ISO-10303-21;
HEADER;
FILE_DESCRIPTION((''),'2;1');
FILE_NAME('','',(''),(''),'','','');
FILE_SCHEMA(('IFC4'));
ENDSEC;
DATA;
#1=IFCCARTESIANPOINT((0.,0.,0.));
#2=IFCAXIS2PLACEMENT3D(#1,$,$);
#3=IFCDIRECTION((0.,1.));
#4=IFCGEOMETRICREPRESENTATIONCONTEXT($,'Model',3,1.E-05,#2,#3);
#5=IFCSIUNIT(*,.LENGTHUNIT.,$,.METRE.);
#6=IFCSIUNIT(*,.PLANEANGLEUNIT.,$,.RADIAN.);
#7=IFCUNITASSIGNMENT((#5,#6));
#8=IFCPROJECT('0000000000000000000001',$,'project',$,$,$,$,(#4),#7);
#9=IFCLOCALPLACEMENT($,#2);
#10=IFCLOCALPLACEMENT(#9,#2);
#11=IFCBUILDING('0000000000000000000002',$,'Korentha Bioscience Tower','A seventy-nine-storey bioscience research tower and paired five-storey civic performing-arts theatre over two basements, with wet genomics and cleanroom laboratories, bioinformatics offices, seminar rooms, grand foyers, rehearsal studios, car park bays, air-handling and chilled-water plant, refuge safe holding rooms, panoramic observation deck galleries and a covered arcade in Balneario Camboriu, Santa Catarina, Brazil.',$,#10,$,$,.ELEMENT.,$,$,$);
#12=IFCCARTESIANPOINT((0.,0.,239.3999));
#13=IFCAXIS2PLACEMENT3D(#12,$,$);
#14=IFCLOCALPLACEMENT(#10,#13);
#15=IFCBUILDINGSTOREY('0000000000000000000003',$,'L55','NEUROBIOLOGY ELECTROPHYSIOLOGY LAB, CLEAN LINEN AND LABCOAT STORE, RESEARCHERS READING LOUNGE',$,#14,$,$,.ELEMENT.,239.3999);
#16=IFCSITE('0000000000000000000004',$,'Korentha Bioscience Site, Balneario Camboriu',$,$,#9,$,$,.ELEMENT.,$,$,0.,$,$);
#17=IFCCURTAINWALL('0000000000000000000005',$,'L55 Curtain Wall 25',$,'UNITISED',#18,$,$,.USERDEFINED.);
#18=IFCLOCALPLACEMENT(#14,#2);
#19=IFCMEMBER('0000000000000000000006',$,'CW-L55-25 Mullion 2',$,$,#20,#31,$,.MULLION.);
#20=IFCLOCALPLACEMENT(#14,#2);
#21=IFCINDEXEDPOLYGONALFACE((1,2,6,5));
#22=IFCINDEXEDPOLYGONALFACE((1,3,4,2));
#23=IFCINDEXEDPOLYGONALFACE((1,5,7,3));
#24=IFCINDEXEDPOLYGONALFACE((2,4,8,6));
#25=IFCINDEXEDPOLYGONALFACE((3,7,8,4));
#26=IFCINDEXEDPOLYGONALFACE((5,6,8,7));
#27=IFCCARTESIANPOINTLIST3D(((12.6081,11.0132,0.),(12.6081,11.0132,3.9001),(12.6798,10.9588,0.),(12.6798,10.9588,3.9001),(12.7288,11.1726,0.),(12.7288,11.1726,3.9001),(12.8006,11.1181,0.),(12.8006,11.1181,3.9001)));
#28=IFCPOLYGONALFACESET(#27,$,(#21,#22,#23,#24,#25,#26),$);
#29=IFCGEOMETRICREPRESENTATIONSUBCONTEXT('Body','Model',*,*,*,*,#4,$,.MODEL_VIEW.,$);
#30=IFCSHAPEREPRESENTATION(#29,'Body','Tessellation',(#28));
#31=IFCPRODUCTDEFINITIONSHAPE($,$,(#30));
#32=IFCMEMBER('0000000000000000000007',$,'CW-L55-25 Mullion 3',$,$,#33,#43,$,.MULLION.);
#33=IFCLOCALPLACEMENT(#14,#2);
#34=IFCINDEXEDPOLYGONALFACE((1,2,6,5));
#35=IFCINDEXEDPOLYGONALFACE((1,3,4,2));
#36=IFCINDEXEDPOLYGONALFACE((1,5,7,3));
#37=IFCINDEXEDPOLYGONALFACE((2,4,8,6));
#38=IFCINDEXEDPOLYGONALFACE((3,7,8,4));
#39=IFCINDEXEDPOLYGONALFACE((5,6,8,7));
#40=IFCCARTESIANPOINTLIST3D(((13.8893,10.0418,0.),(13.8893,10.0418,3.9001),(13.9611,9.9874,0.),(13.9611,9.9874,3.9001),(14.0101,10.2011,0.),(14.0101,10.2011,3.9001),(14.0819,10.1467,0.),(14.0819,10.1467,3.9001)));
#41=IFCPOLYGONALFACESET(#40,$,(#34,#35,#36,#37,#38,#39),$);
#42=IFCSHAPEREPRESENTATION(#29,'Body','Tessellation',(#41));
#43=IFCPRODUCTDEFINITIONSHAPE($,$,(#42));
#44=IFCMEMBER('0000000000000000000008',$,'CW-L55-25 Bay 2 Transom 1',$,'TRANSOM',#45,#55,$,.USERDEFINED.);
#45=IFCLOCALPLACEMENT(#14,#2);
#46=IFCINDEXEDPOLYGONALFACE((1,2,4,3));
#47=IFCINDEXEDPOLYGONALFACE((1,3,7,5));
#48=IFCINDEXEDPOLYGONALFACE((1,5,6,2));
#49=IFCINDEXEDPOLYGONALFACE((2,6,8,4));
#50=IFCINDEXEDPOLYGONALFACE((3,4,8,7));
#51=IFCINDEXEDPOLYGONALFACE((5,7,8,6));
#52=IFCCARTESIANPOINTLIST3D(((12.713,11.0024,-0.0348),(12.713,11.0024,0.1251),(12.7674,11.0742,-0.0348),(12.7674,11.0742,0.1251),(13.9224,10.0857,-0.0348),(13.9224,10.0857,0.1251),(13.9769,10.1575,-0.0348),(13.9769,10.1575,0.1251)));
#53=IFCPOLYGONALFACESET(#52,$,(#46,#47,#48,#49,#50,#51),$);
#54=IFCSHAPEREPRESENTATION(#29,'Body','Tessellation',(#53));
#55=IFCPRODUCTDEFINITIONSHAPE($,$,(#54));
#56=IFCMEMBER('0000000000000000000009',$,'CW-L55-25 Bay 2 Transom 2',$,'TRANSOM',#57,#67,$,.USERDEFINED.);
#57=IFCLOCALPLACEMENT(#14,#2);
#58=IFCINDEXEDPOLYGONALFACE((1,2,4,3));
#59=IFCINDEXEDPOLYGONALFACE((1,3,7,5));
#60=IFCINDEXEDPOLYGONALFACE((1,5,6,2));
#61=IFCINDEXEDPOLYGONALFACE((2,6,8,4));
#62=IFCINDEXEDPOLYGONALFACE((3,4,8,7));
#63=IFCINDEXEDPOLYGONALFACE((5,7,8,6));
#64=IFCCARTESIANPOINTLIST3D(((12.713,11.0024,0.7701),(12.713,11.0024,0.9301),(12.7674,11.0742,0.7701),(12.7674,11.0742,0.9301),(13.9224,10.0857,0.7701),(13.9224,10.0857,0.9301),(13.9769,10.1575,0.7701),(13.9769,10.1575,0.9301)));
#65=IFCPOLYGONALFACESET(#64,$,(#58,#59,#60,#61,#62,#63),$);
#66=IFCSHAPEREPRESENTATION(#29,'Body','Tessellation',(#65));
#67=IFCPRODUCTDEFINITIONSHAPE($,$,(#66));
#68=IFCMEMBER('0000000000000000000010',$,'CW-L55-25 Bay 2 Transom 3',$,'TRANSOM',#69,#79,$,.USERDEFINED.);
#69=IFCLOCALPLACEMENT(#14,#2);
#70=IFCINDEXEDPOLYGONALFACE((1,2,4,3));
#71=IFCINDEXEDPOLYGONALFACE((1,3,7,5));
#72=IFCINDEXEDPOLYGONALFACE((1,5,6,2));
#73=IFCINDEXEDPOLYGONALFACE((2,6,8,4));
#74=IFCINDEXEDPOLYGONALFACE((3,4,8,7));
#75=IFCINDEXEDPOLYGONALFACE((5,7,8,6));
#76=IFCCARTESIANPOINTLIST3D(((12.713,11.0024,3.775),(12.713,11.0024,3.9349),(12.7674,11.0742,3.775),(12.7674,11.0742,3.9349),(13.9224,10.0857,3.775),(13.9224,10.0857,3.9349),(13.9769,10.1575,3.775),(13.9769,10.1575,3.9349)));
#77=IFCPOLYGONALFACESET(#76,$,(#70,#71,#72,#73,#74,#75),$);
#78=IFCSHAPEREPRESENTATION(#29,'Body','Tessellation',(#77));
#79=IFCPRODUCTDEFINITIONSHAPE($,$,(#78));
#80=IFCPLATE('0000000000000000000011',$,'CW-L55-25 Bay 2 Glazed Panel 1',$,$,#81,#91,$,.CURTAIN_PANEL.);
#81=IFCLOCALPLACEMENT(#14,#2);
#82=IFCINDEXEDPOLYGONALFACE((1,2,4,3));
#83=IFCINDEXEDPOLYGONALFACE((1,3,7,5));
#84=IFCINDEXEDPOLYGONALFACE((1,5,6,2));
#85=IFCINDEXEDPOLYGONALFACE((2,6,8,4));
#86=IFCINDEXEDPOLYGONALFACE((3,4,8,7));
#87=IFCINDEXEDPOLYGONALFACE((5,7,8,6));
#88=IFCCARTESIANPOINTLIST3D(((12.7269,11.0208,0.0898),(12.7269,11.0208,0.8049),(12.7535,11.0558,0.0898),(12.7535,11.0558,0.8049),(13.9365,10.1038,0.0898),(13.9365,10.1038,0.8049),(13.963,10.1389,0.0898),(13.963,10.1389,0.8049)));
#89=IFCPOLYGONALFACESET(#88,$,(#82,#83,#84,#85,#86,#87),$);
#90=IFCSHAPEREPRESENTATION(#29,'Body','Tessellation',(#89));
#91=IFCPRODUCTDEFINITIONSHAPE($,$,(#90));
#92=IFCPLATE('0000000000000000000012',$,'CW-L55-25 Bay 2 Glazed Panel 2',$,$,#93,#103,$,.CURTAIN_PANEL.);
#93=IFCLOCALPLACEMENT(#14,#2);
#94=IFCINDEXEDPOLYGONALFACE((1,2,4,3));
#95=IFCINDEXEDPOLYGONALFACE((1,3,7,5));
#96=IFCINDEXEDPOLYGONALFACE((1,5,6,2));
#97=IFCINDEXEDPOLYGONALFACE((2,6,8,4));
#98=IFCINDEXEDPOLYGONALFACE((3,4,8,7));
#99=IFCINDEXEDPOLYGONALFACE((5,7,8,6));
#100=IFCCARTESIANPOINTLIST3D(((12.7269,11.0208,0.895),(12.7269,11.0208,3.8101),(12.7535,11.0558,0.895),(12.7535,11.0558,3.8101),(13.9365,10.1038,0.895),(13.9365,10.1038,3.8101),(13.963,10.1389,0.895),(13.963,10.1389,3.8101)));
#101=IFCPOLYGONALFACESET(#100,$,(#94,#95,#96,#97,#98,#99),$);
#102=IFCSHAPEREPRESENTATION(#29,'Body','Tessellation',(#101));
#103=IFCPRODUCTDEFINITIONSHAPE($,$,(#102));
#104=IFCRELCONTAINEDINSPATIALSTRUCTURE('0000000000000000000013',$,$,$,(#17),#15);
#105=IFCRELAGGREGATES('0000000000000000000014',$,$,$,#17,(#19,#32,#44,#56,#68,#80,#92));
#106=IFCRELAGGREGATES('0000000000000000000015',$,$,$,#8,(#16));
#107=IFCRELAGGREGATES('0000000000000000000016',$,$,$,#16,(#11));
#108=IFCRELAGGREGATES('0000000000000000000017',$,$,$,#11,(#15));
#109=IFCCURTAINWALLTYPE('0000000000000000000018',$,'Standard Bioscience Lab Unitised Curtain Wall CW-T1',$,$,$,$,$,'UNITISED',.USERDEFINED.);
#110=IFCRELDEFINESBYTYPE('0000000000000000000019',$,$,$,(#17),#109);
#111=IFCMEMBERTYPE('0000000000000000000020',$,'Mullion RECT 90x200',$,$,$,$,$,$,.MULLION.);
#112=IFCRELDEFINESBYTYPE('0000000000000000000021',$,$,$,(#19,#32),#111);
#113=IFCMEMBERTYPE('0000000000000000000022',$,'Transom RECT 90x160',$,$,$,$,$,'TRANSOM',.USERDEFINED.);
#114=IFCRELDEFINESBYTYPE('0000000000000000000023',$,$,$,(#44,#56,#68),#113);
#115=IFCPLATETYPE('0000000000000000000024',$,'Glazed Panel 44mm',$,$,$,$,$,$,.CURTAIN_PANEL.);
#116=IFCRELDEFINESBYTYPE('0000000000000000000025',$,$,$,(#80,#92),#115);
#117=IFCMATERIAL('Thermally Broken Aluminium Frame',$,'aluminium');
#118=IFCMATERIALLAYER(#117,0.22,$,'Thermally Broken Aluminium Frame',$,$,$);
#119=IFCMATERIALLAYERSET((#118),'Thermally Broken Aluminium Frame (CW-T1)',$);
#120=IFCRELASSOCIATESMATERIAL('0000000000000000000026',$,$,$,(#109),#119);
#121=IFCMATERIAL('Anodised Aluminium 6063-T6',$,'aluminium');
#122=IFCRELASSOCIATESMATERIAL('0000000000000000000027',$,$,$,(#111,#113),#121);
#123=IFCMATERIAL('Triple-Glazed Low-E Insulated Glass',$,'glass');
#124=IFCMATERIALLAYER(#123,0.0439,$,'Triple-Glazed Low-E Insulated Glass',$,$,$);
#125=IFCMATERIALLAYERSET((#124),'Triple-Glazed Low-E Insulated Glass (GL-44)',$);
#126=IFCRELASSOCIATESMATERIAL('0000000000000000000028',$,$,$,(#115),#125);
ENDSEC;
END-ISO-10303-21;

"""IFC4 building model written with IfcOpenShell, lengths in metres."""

from ifc_helpers import new_model, si_unit, direction, frame, origin, origin_2d, place, context, subcontext, project, spatial, rectangle, extrude, material, layer, layer_set, material_profile, profile_set, type_object, element, aggregate, save


model = new_model("IFC4")

# Units and contexts
model_context = context("Model", 3, precision=1e-05, world=origin(), true_north=direction((0.0, 1.0)))
body_context = subcontext(model_context, "Body", "Model", "MODEL_VIEW")
ifc_project = project(units=[si_unit("LENGTHUNIT", "METRE"), si_unit("PLANEANGLEUNIT", "RADIAN")], contexts=[model_context])

# Site, building, storey
site_placement = place(None, origin())
site = spatial("IfcSite", under=ifc_project, at=site_placement, Name="Korentha Bioscience Site, Balneario Camboriu", CompositionType="ELEMENT", RefElevation=0.0)
building_placement = place(site_placement, origin())
building = spatial("IfcBuilding", under=site, at=building_placement, Name="Korentha Bioscience Tower", Description="A seventy-nine-storey bioscience research tower and paired five-storey civic performing-arts theatre over two basements, with wet genomics and cleanroom laboratories, bioinformatics offices, seminar rooms, grand foyers, rehearsal studios, car park bays, air-handling and chilled-water plant, refuge safe holding rooms, panoramic observation deck galleries and a covered arcade in Balneario Camboriu, Santa Catarina, Brazil.", CompositionType="ELEMENT")
storey_placement = place(building_placement, frame((0.0, 0.0, 239.3999)))
storey = spatial("IfcBuildingStorey", under=building, at=storey_placement, Name="L55", Description="NEUROBIOLOGY ELECTROPHYSIOLOGY LAB, CLEAN LINEN AND LABCOAT STORE, RESEARCHERS READING LOUNGE", CompositionType="ELEMENT", Elevation=239.3999)

# Curtain wall, members, plates
ifc_material_1 = material(Name="Thermally Broken Aluminium Frame", Category="aluminium")
ifc_layer_1 = layer(ifc_material_1, 0.22, Name="Thermally Broken Aluminium Frame")
ifc_layer_set_1 = layer_set([ifc_layer_1], Name="Thermally Broken Aluminium Frame (CW-T1)")
curtain_wall_type = type_object("IfcCurtainWallType", Name="Standard Bioscience Lab Unitised Curtain Wall CW-T1", ElementType="UNITISED", PredefinedType="USERDEFINED", material=ifc_layer_set_1)
curtain_wall_placement = place(storey_placement, origin())
curtain_wall = element("IfcCurtainWall", 1, at=curtain_wall_placement, inside=storey, type_object=curtain_wall_type, Name="L55 Curtain Wall 25", ObjectType="UNITISED", PredefinedType="USERDEFINED")
ifc_material_2 = material(Name="Anodised Aluminium 6063-T6", Category="aluminium")
ifc_material_profile_1 = material_profile(ifc_material_2, rectangle(XDim=0.0901, YDim=0.2, at=origin_2d()), Name="Anodised Aluminium 6063-T6")
ifc_profile_set_1 = profile_set([ifc_material_profile_1], Name="Anodised Aluminium 6063-T6 (CW-MUL)")
member_type_1 = type_object("IfcMemberType", Name="Mullion RECT 90x200", PredefinedType="MULLION", material=ifc_profile_set_1)
member_1_placement = place(storey_placement, frame((12.7043, 11.0657, 0.0), z_axis=(0.0, 0.0, 1.0), x_axis=(0.796889, -0.604126, 0.0)))
member_1 = element("IfcMember", 2, at=member_1_placement, type_object=member_type_1, Name="CW-L55-25 Mullion 2", PredefinedType="MULLION", context=body_context, shape_type="SweptSolid", body=[
    extrude(rectangle(XDim=0.0901, YDim=0.2, at=origin_2d()), origin(), (0.0, 0.0, 1.0), 3.9001),
])
member_2_placement = place(storey_placement, frame((13.9856, 10.0942, 0.0), z_axis=(0.0, 0.0, 1.0), x_axis=(0.796889, -0.604126, 0.0)))
member_2 = element("IfcMember", 3, at=member_2_placement, type_object=member_type_1, Name="CW-L55-25 Mullion 3", PredefinedType="MULLION", context=body_context, shape_type="SweptSolid", body=[
    extrude(rectangle(XDim=0.0901, YDim=0.2, at=origin_2d()), origin(), (0.0, 0.0, 1.0), 3.9001),
])
ifc_material_profile_2 = material_profile(ifc_material_2, rectangle(XDim=0.0901, YDim=0.1599, at=origin_2d()), Name="Anodised Aluminium 6063-T6")
ifc_profile_set_2 = profile_set([ifc_material_profile_2], Name="Anodised Aluminium 6063-T6 (CW-TRN)")
member_type_2 = type_object("IfcMemberType", Name="Transom RECT 90x160", ElementType="TRANSOM", PredefinedType="USERDEFINED", material=ifc_profile_set_2)
member_3_placement = place(storey_placement, frame((12.7402, 11.0383, 0.0452), z_axis=(0.79694, -0.604059, 0.0), x_axis=(0.604059, 0.79694, 0.0)))
member_3 = element("IfcMember", 4, at=member_3_placement, type_object=member_type_2, Name="CW-L55-25 Bay 2 Transom 1", ObjectType="TRANSOM", PredefinedType="USERDEFINED", context=body_context, shape_type="SweptSolid", body=[
    extrude(rectangle(XDim=0.0901, YDim=0.1599, at=origin_2d()), origin(), (0.0, 0.0, 1.0), 1.5176),
])
member_4_placement = place(storey_placement, frame((12.7402, 11.0383, 0.8501), z_axis=(0.79694, -0.604059, 0.0), x_axis=(0.604059, 0.79694, 0.0)))
member_4 = element("IfcMember", 5, at=member_4_placement, type_object=member_type_2, Name="CW-L55-25 Bay 2 Transom 2", ObjectType="TRANSOM", PredefinedType="USERDEFINED", context=body_context, shape_type="SweptSolid", body=[
    extrude(rectangle(XDim=0.0901, YDim=0.1599, at=origin_2d()), origin(), (0.0, 0.0, 1.0), 1.5176),
])
member_5_placement = place(storey_placement, frame((12.7402, 11.0383, 3.855), z_axis=(0.79694, -0.604059, 0.0), x_axis=(0.604059, 0.79694, 0.0)))
member_5 = element("IfcMember", 6, at=member_5_placement, type_object=member_type_2, Name="CW-L55-25 Bay 2 Transom 3", ObjectType="TRANSOM", PredefinedType="USERDEFINED", context=body_context, shape_type="SweptSolid", body=[
    extrude(rectangle(XDim=0.0901, YDim=0.1599, at=origin_2d()), origin(), (0.0, 0.0, 1.0), 1.5176),
])
ifc_material_3 = material(Name="Triple-Glazed Low-E Insulated Glass", Category="glass")
ifc_layer_2 = layer(ifc_material_3, 0.0439, Name="Triple-Glazed Low-E Insulated Glass")
ifc_layer_set_2 = layer_set([ifc_layer_2], Name="Triple-Glazed Low-E Insulated Glass (GL-44)")
plate_type = type_object("IfcPlateType", Name="Glazed Panel 44mm", PredefinedType="CURTAIN_PANEL", material=ifc_layer_set_2)
plate_1_placement = place(storey_placement, frame((13.345, 10.5798, 0.0898), z_axis=(0.0, 0.0, 1.0), x_axis=(0.796889, -0.604126, 0.0)))
plate_1 = element("IfcPlate", 7, at=plate_1_placement, type_object=plate_type, Name="CW-L55-25 Bay 2 Glazed Panel 1", PredefinedType="CURTAIN_PANEL", context=body_context, shape_type="SweptSolid", body=[
    extrude(rectangle(XDim=1.5178, YDim=0.0439, at=origin_2d()), origin(), (0.0, 0.0, 1.0), 0.7151),
])
plate_2_placement = place(storey_placement, frame((13.345, 10.5798, 0.895), z_axis=(0.0, 0.0, 1.0), x_axis=(0.796889, -0.604126, 0.0)))
plate_2 = element("IfcPlate", 8, at=plate_2_placement, type_object=plate_type, Name="CW-L55-25 Bay 2 Glazed Panel 2", PredefinedType="CURTAIN_PANEL", context=body_context, shape_type="SweptSolid", body=[
    extrude(rectangle(XDim=1.5178, YDim=0.0439, at=origin_2d()), origin(), (0.0, 0.0, 1.0), 2.915),
])
aggregate(curtain_wall, [member_1, member_2, member_3, member_4, member_5, plate_1, plate_2])

save(model, "model.ifc")
